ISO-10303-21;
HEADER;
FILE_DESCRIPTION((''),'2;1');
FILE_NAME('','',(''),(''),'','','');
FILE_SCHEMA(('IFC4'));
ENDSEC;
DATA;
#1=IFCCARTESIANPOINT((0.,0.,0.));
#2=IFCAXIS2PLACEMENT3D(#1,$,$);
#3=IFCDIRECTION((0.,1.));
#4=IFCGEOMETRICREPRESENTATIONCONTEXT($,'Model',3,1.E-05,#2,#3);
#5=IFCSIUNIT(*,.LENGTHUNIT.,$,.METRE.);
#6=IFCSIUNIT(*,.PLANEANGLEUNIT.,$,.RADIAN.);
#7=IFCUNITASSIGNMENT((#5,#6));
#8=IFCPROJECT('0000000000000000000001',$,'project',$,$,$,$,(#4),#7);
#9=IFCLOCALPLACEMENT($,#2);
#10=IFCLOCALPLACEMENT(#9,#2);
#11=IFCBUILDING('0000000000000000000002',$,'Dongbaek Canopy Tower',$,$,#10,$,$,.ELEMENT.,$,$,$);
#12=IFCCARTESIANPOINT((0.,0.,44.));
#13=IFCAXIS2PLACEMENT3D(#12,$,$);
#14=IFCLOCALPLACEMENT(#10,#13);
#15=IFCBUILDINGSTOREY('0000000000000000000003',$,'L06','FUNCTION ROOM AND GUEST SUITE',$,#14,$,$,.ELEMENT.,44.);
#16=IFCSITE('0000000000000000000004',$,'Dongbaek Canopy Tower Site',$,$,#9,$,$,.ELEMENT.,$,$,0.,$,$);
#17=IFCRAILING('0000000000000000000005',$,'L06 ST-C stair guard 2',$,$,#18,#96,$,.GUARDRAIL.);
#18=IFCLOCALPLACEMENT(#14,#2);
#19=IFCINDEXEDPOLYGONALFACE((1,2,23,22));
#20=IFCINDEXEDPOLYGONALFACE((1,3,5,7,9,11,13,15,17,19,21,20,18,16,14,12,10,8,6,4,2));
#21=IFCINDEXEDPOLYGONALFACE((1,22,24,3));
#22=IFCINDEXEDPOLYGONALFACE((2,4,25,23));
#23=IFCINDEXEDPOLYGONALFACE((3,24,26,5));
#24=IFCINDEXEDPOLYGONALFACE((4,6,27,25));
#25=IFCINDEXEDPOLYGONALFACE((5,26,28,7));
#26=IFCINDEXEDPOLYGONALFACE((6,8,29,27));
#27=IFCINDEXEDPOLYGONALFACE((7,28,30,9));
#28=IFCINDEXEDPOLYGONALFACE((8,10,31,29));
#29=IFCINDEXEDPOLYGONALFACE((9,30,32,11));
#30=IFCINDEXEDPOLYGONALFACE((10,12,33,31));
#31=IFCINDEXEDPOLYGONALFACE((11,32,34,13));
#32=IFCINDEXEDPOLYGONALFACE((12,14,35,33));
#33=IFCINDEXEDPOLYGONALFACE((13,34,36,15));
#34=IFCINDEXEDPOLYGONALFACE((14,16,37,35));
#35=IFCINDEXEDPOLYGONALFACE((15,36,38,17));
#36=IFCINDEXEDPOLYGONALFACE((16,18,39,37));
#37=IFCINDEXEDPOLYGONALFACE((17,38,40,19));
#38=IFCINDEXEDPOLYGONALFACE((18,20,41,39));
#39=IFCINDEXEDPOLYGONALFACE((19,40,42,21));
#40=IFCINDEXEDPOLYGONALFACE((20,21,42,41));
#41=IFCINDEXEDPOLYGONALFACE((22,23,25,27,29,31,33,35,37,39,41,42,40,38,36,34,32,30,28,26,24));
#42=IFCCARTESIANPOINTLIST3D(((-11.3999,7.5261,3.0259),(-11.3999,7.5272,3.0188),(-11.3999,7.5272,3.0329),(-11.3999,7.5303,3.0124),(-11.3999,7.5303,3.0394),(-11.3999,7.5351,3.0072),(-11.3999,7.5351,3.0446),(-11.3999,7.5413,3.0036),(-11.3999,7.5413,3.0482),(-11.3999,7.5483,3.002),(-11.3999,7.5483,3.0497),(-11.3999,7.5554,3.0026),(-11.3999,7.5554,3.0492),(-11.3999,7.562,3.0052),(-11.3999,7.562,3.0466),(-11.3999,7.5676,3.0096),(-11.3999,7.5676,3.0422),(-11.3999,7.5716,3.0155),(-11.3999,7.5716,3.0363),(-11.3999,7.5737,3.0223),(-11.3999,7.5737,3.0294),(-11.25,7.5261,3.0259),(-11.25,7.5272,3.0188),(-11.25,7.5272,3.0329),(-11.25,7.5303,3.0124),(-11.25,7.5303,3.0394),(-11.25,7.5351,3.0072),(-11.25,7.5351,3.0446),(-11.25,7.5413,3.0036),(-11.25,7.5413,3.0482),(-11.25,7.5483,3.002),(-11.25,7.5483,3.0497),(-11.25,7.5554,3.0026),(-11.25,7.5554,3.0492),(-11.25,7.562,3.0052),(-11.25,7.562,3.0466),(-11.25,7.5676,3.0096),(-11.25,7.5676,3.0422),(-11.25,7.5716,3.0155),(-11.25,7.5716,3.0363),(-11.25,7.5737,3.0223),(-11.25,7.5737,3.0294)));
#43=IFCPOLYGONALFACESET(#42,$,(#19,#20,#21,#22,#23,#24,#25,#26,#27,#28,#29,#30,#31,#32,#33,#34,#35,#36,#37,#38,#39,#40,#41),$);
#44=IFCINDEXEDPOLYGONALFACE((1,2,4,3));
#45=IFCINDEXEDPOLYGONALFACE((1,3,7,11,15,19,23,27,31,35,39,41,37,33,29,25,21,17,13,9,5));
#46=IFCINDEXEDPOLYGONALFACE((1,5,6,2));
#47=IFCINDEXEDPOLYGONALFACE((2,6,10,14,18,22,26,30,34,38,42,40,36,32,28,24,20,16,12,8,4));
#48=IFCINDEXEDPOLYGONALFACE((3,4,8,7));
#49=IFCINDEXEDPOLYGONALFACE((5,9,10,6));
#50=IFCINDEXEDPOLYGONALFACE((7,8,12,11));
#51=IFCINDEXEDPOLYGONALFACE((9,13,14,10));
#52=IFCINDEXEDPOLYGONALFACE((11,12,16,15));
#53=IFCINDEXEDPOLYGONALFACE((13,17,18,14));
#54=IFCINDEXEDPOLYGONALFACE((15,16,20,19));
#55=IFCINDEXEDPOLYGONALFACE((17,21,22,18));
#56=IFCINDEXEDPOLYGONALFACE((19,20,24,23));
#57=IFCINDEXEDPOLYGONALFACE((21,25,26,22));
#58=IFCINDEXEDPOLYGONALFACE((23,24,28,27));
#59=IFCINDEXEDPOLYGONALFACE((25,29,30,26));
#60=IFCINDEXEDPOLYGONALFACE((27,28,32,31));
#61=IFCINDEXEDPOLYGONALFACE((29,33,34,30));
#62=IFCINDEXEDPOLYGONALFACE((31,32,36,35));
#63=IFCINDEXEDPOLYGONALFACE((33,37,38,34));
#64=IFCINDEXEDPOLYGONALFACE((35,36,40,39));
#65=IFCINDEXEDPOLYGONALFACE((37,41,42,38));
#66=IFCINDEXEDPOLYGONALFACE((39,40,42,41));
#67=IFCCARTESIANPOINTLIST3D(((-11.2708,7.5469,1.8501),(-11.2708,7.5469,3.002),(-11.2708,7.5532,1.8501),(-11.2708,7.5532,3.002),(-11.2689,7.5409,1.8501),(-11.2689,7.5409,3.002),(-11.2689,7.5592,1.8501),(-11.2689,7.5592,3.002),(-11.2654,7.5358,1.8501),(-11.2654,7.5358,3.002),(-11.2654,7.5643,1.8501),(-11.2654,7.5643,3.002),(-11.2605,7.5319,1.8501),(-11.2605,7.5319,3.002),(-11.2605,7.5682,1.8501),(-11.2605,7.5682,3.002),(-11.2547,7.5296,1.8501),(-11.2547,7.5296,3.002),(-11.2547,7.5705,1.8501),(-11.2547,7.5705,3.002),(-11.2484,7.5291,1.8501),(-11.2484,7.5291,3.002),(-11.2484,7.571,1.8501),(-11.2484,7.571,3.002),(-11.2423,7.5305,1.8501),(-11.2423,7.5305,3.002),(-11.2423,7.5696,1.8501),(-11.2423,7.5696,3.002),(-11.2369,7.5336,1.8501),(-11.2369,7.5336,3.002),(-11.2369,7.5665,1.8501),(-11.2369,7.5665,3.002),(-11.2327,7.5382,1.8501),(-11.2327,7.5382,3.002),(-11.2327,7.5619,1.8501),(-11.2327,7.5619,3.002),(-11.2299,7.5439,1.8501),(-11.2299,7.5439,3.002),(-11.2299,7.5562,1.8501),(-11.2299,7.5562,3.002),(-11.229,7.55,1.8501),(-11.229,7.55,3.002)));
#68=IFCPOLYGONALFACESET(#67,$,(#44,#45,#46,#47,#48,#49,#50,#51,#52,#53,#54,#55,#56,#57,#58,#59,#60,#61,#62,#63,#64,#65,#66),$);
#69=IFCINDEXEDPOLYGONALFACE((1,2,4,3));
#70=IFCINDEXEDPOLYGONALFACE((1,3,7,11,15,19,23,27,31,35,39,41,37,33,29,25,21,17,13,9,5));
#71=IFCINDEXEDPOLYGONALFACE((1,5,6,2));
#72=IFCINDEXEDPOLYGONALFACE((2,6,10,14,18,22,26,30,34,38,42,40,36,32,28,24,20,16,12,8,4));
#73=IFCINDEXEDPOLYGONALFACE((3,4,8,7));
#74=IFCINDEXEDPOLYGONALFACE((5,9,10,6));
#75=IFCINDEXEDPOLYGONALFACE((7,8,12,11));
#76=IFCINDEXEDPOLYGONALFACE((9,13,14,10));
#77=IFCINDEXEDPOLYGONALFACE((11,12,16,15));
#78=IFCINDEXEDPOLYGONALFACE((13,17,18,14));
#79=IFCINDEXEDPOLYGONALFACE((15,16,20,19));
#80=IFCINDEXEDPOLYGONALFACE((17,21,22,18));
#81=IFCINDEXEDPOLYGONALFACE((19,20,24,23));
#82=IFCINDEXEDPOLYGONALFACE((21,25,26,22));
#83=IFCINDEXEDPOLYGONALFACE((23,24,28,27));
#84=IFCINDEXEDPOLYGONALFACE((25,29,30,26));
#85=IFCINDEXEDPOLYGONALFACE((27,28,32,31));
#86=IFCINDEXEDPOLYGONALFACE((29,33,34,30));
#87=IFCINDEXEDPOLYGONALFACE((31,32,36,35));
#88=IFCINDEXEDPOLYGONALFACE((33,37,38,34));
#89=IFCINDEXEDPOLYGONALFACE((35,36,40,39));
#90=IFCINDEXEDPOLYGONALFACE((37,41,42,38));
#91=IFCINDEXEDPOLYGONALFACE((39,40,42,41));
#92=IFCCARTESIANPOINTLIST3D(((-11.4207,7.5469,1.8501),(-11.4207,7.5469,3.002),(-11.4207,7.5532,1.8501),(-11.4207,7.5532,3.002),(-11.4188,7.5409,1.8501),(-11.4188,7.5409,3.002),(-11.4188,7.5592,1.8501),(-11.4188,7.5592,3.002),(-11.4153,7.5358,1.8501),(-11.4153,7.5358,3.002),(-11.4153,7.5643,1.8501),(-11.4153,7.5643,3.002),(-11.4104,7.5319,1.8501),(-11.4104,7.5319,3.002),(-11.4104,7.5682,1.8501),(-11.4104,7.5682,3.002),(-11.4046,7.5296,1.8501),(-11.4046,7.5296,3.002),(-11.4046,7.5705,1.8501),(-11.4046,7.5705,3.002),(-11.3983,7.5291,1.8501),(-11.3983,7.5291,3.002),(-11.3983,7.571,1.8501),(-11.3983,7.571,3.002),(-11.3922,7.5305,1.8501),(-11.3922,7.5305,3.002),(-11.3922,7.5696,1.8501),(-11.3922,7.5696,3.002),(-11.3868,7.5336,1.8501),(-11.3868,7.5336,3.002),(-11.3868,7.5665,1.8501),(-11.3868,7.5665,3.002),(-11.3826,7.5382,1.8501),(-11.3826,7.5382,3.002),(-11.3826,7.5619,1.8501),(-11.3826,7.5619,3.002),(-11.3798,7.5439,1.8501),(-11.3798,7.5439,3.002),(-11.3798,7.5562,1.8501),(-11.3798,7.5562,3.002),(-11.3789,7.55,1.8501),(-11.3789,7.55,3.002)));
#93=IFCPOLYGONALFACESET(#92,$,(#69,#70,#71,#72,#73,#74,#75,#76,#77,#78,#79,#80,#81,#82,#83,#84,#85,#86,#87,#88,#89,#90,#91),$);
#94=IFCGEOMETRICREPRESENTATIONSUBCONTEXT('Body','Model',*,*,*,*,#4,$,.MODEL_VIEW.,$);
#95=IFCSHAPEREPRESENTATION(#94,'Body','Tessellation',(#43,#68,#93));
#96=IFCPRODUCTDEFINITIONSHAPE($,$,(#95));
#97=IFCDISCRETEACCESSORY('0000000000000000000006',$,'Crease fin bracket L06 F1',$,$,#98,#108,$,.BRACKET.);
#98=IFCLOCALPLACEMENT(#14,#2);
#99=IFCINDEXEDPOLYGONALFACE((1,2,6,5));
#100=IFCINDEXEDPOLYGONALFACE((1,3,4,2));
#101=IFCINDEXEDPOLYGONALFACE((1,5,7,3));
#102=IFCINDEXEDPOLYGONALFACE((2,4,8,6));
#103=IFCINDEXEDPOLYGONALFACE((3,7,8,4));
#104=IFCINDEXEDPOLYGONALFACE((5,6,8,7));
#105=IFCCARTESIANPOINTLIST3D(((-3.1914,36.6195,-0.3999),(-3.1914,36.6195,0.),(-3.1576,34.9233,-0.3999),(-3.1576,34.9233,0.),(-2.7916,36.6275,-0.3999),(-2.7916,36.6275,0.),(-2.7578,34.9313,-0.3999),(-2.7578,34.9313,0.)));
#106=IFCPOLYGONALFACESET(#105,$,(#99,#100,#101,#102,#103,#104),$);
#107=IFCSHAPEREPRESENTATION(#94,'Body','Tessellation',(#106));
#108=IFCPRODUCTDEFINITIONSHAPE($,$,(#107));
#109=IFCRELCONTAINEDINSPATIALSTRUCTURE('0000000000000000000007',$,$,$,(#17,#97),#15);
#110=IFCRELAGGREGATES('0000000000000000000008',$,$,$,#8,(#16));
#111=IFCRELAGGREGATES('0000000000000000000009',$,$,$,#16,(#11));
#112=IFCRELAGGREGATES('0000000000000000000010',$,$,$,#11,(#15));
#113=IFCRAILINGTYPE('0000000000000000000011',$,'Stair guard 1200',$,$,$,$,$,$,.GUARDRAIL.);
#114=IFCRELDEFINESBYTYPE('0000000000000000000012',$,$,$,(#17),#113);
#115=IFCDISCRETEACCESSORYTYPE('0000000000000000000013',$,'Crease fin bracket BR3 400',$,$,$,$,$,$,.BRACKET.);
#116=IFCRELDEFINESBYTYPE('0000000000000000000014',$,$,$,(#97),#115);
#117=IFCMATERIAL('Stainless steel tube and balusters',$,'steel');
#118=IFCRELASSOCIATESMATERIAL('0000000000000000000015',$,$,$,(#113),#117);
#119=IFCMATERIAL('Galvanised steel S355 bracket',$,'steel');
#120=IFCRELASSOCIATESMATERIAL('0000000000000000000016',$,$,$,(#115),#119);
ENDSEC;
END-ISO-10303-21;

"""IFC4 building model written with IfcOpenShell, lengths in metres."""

from ifc_helpers import new_model, si_unit, direction, frame, origin, origin_2d, place, context, subcontext, project, spatial, rectangle, circle, extrude, material, type_object, element, save


model = new_model("IFC4")

# Units and contexts
model_context = context("Model", 3, precision=1e-05, world=origin(), true_north=direction((0.0, 1.0)))
body_context = subcontext(model_context, "Body", "Model", "MODEL_VIEW")
ifc_project = project(units=[si_unit("LENGTHUNIT", "METRE"), si_unit("PLANEANGLEUNIT", "RADIAN")], contexts=[model_context])

# Site, building, storey
site_placement = place(None, origin())
site = spatial("IfcSite", under=ifc_project, at=site_placement, Name="Dongbaek Canopy Tower Site", CompositionType="ELEMENT", RefElevation=0.0)
building_placement = place(site_placement, origin())
building = spatial("IfcBuilding", under=site, at=building_placement, Name="Dongbaek Canopy Tower", CompositionType="ELEMENT")
storey_placement = place(building_placement, frame((0.0, 0.0, 44.0)))
storey = spatial("IfcBuildingStorey", under=building, at=storey_placement, Name="L06", Description="FUNCTION ROOM AND GUEST SUITE", CompositionType="ELEMENT", Elevation=44.0)

# Railing
ifc_material_1 = material(Name="Stainless steel tube and balusters", Category="steel")
railing_type = type_object("IfcRailingType", Name="Stair guard 1200", PredefinedType="GUARDRAIL", material=ifc_material_1)
railing_placement = place(storey_placement, frame((-11.25, 7.55, 1.8501)))
element("IfcRailing", 1, at=railing_placement, inside=storey, type_object=railing_type, Name="L06 ST-C stair guard 2", PredefinedType="GUARDRAIL", context=body_context, shape_type="SweptSolid", body=[
    extrude(circle(Radius=0.0239, at=origin_2d()), frame((0.0, 0.0, 1.1758), z_axis=(-1.0, 0.0, 0.0), x_axis=(0.0, -1.0, 0.0)), (0.0, 0.0, 1.0), 0.1499),
    extrude(circle(Radius=0.021, at=origin_2d()), origin(), (0.0, 0.0, 1.0), 1.1519),
    extrude(circle(Radius=0.021, at=origin_2d()), frame((-0.1499, 0.0, 0.0)), (0.0, 0.0, 1.0), 1.1519),
])

# Discrete accessory
ifc_material_2 = material(Name="Galvanised steel S355 bracket", Category="steel")
discrete_accessory_type = type_object("IfcDiscreteAccessoryType", Name="Crease fin bracket BR3 400", PredefinedType="BRACKET", material=ifc_material_2)
discrete_accessory_placement = place(storey_placement, frame((-2.9746, 35.7754, -0.3999), z_axis=(0.0, 0.0, 1.0), x_axis=(-0.019925, 0.999801, 0.0)))
element("IfcDiscreteAccessory", 2, at=discrete_accessory_placement, inside=storey, type_object=discrete_accessory_type, Name="Crease fin bracket L06 F1", PredefinedType="BRACKET", context=body_context, shape_type="SweptSolid", body=[
    extrude(rectangle(XDim=1.6965, YDim=0.3999, at=origin_2d()), origin(), (0.0, 0.0, 1.0), 0.3999),
])

save(model, "model.ifc")
